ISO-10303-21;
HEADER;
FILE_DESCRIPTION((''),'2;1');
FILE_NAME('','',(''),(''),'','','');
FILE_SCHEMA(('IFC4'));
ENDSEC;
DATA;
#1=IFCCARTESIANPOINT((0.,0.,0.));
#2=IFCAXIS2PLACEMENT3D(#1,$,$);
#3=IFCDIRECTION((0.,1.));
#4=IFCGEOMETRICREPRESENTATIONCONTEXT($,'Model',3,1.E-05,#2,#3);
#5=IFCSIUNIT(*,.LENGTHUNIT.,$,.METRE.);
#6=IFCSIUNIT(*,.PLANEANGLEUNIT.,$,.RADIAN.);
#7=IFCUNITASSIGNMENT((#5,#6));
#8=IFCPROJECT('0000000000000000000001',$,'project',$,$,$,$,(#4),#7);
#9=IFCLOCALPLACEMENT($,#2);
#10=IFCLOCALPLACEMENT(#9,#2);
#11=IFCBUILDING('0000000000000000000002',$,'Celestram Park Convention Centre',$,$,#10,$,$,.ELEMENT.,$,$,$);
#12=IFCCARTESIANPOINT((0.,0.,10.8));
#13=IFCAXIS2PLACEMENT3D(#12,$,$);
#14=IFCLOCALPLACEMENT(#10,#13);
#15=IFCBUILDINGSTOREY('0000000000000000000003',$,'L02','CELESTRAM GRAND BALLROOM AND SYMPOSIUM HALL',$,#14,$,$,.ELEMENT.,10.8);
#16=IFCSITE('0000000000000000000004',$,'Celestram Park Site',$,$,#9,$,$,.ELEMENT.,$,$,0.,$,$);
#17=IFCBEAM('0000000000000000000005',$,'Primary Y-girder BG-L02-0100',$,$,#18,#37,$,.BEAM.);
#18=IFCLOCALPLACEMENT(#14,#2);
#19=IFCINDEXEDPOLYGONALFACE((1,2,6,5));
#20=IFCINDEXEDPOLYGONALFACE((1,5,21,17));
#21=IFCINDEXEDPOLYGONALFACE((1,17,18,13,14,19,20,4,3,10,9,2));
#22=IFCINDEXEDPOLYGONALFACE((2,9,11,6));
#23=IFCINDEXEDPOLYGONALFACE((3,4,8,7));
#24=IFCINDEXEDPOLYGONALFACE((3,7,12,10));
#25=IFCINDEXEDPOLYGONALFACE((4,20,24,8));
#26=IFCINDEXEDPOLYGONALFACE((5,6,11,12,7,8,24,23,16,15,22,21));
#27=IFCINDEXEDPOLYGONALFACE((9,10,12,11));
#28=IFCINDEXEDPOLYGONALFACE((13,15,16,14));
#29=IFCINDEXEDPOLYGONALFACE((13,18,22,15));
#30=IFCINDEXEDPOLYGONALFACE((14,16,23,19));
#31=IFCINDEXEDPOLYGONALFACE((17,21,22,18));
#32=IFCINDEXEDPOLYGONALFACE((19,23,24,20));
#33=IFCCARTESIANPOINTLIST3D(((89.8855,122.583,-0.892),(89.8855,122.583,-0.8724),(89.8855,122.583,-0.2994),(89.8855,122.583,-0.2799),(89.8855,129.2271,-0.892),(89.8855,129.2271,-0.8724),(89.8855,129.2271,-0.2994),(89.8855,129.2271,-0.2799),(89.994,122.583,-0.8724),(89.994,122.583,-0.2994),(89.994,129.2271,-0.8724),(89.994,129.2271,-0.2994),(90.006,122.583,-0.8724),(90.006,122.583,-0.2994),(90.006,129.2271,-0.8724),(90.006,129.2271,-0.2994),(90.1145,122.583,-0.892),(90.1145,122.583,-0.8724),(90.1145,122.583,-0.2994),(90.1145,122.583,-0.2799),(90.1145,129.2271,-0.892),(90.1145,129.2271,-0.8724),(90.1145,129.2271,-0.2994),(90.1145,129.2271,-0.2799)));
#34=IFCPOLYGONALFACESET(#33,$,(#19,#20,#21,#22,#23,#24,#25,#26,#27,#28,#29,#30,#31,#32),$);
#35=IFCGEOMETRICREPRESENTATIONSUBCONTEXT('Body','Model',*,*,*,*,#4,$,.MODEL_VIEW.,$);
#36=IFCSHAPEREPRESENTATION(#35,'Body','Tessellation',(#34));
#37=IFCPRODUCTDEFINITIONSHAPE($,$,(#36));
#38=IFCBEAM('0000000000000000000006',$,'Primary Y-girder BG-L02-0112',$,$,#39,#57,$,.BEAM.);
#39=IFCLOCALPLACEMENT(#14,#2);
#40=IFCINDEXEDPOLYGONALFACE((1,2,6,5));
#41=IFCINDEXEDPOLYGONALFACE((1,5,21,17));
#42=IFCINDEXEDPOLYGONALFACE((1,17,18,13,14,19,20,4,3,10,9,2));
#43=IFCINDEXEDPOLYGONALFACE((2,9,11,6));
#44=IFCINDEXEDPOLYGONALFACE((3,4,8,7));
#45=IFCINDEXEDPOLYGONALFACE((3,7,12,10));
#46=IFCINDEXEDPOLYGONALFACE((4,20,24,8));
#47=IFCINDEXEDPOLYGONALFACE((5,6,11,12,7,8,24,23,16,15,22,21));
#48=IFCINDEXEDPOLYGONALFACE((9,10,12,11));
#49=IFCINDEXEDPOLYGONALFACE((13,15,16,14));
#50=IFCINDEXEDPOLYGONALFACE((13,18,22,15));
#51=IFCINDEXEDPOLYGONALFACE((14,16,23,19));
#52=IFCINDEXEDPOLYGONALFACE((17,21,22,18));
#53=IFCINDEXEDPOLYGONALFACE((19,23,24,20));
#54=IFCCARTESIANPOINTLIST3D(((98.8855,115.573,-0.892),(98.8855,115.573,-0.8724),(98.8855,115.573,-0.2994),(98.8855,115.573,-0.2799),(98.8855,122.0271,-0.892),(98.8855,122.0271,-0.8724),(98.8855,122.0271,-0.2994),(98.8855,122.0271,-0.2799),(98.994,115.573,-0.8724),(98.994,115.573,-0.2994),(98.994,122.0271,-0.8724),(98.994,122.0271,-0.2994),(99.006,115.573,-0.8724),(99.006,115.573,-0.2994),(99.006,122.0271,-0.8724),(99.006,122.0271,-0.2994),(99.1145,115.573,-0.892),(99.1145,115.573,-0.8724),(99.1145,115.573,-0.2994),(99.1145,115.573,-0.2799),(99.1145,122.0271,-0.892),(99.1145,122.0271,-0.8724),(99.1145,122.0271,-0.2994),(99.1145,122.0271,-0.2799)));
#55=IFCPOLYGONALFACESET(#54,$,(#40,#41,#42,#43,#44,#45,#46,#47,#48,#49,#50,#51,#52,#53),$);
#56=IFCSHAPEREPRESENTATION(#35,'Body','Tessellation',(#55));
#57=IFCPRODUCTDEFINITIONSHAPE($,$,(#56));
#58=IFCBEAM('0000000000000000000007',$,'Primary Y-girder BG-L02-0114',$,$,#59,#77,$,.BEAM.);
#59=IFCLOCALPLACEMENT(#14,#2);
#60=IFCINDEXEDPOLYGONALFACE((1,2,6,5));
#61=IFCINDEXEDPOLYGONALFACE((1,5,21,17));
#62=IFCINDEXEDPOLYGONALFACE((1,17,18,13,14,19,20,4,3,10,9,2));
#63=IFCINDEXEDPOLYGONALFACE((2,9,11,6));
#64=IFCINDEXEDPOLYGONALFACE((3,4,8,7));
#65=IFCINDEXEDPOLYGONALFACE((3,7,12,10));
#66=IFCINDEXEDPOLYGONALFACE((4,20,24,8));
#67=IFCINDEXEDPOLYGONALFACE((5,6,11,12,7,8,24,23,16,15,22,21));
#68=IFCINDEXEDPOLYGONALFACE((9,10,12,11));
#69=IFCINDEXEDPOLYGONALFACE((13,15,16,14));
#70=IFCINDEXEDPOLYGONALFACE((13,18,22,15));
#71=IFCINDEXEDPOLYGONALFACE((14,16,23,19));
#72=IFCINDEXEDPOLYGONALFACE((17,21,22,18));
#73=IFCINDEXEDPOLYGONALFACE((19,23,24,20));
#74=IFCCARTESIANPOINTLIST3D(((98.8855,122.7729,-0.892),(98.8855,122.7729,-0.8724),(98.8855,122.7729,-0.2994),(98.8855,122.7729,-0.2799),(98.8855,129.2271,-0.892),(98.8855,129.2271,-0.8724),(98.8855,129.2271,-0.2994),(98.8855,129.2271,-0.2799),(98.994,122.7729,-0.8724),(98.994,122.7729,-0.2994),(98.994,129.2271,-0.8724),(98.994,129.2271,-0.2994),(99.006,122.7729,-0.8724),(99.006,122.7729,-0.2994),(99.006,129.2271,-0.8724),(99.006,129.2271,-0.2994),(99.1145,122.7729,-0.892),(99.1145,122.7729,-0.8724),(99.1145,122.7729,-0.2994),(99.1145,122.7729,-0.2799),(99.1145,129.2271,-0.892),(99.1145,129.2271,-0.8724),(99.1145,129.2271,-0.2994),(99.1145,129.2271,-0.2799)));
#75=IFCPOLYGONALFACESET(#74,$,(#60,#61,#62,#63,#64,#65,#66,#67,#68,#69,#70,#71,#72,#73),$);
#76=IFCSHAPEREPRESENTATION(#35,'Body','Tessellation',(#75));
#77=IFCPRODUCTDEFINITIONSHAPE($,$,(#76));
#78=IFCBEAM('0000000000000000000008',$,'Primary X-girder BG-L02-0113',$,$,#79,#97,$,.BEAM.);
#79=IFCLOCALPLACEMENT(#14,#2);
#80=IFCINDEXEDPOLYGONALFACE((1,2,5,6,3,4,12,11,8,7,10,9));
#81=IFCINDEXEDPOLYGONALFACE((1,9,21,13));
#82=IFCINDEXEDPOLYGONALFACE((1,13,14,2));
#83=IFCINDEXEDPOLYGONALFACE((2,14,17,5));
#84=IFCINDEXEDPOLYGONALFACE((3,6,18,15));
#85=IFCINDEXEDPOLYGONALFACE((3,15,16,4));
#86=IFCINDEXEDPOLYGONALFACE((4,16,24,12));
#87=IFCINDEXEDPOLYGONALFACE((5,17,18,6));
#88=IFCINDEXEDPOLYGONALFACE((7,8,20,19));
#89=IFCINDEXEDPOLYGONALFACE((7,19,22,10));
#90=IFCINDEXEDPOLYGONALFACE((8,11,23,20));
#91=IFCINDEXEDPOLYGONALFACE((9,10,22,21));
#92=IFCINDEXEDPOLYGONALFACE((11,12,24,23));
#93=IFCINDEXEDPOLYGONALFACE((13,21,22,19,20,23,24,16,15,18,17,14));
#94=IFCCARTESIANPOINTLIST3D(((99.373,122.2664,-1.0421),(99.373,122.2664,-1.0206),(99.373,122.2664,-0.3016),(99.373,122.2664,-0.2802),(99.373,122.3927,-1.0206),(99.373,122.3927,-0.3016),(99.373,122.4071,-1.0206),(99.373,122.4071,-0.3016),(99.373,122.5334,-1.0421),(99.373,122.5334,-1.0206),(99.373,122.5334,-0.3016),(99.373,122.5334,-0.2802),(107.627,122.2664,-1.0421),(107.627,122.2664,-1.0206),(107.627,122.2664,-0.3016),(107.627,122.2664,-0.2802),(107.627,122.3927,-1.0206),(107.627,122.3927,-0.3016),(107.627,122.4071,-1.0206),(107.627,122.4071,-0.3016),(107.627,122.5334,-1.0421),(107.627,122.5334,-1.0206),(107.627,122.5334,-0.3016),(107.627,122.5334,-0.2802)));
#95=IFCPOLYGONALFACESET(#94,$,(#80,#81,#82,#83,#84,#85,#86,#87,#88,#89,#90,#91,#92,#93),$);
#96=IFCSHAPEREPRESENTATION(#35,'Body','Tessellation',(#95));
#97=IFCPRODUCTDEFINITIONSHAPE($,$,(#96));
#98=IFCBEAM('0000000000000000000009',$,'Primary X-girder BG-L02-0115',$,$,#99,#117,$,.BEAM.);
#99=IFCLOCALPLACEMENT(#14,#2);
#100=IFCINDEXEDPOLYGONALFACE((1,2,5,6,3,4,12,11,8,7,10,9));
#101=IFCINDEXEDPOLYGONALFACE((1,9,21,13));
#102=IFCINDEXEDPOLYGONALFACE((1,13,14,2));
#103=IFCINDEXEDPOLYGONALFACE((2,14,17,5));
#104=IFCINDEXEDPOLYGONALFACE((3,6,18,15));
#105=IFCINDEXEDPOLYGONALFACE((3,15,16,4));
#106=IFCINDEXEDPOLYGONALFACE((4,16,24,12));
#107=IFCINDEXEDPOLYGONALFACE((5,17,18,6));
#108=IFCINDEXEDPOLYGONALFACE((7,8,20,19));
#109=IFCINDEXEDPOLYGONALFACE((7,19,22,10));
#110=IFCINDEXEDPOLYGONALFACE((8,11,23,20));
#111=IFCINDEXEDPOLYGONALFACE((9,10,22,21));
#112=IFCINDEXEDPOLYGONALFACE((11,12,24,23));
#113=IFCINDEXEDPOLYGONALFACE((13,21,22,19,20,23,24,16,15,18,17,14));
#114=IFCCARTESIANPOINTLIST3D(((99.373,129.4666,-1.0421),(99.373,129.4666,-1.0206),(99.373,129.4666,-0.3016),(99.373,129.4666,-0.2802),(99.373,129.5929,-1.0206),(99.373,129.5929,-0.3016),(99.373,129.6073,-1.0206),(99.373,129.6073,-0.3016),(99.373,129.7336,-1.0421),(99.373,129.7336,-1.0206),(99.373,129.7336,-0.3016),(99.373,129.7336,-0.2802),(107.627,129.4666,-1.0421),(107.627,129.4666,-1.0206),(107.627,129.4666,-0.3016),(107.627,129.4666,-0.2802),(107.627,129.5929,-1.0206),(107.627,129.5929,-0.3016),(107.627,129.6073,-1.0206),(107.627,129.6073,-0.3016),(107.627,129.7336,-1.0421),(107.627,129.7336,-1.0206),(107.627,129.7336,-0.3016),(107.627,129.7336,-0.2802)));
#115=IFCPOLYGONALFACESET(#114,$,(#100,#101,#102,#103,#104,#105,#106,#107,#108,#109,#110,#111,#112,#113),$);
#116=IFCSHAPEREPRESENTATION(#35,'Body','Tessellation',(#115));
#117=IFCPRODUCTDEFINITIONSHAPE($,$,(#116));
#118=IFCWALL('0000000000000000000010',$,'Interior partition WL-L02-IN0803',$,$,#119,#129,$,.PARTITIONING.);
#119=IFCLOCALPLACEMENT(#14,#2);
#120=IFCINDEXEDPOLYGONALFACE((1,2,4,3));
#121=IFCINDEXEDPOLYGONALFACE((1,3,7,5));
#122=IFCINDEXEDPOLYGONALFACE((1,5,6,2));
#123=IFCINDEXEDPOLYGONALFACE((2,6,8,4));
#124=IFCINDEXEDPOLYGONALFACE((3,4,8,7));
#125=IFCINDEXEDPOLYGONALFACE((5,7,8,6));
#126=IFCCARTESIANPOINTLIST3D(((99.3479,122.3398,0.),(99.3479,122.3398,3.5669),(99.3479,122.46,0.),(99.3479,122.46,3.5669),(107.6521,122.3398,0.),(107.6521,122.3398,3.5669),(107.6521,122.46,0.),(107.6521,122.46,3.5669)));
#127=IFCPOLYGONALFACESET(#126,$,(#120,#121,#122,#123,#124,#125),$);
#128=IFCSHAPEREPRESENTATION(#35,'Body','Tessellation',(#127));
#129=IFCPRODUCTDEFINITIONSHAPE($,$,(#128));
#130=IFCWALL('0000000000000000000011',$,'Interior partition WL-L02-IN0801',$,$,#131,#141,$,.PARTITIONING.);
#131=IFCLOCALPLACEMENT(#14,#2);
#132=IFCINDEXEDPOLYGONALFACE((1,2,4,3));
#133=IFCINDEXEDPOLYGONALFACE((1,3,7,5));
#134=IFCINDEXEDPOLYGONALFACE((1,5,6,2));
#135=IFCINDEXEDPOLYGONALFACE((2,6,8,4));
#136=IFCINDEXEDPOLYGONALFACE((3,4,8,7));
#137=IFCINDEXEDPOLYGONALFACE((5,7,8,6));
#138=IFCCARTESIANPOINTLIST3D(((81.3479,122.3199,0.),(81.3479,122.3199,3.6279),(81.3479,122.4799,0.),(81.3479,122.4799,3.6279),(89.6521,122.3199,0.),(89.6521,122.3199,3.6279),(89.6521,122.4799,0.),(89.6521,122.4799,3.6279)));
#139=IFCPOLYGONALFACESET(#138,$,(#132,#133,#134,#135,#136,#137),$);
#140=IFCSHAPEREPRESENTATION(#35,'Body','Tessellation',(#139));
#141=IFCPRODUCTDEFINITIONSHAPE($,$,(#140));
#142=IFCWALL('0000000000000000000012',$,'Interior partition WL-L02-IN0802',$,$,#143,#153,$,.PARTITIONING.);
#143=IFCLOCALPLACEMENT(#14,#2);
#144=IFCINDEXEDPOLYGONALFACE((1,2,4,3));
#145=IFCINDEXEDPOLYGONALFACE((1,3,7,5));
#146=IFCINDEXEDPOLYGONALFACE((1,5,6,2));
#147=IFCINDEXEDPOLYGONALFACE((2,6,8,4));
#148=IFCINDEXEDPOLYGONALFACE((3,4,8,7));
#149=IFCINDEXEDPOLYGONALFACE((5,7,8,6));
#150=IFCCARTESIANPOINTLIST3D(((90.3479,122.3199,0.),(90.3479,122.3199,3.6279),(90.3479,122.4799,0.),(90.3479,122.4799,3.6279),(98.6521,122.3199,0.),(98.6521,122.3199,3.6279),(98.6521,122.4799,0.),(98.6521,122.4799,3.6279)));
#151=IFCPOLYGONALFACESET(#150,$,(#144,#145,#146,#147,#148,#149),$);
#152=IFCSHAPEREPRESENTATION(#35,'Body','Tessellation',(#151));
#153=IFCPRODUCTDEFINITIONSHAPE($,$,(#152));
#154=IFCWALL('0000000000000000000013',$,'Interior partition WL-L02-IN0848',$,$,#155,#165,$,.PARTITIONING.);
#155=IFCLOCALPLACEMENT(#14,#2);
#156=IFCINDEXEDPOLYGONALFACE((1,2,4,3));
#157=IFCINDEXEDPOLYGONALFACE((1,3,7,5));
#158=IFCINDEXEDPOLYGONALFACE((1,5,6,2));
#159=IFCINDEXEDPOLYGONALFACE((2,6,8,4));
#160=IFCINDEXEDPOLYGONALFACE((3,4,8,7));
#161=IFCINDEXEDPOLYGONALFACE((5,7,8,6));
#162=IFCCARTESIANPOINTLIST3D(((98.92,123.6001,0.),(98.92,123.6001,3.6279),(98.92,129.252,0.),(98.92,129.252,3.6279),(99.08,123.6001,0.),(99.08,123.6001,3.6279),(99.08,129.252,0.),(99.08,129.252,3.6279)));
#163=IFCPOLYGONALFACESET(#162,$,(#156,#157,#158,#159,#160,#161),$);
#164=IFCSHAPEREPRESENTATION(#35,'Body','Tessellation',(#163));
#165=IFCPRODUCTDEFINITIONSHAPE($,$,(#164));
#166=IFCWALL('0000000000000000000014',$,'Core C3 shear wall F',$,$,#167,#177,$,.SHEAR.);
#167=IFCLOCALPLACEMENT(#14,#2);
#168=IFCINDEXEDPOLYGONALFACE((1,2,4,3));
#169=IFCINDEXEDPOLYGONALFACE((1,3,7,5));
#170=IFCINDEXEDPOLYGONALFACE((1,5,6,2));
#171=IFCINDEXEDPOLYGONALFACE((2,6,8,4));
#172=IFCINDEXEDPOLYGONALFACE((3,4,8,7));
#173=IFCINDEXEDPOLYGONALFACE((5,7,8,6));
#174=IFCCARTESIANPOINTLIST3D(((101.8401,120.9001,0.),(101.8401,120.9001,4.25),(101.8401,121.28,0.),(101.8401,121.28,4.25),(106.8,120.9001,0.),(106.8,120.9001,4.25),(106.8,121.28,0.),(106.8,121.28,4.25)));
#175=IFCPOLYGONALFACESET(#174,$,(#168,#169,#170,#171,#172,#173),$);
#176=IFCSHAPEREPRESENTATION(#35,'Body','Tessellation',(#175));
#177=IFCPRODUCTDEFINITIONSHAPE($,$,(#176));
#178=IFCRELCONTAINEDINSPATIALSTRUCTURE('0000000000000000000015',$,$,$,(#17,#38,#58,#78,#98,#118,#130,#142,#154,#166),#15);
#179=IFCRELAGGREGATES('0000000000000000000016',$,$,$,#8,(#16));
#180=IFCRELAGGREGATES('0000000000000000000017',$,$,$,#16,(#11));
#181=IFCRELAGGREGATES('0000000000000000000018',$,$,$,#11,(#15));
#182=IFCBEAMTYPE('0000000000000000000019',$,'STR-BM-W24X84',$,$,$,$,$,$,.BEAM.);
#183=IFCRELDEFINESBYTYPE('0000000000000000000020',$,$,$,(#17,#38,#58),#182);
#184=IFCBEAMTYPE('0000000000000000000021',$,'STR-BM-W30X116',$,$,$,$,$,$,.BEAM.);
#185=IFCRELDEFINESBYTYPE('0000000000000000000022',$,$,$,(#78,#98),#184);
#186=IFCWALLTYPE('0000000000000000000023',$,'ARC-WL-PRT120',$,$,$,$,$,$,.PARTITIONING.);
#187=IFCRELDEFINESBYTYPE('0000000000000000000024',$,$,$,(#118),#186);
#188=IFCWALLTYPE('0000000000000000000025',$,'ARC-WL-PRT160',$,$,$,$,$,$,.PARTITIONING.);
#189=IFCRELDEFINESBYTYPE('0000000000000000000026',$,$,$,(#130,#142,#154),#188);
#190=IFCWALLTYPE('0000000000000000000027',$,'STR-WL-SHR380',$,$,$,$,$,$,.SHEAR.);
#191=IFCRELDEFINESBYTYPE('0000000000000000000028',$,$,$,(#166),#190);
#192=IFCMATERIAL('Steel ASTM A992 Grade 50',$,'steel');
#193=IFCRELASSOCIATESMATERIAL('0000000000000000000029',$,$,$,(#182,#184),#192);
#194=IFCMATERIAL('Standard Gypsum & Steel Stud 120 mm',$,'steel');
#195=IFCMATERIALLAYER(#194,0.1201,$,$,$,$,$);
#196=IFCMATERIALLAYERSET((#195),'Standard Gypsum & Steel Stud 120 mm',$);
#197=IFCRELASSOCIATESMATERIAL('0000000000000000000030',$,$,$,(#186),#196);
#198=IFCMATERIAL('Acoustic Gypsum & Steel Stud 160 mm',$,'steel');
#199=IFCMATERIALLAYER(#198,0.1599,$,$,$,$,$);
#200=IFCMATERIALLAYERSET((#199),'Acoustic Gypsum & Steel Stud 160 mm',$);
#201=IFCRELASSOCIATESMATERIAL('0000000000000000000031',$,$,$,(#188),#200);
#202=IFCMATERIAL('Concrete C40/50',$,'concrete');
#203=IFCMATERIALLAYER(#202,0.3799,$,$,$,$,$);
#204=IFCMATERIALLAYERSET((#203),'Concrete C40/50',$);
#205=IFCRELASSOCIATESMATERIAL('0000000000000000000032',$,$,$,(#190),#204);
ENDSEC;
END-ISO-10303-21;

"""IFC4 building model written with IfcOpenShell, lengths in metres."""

from ifc_helpers import new_model, si_unit, direction, frame, frame_2d, origin, origin_2d, place, context, subcontext, project, spatial, rectangle, i_section, extrude, material, layer, layer_set, material_profile, profile_set, type_object, element, save


model = new_model("IFC4")

# Units and contexts
model_context = context("Model", 3, precision=1e-05, world=origin(), true_north=direction((0.0, 1.0)))
body_context = subcontext(model_context, "Body", "Model", "MODEL_VIEW")
ifc_project = project(units=[si_unit("LENGTHUNIT", "METRE"), si_unit("PLANEANGLEUNIT", "RADIAN")], contexts=[model_context])

# Site, building, storey
site_placement = place(None, origin())
site = spatial("IfcSite", under=ifc_project, at=site_placement, Name="Celestram Park Site", CompositionType="ELEMENT", RefElevation=0.0)
building_placement = place(site_placement, origin())
building = spatial("IfcBuilding", under=site, at=building_placement, Name="Celestram Park Convention Centre", CompositionType="ELEMENT")
storey_placement = place(building_placement, frame((0.0, 0.0, 10.8)))
storey = spatial("IfcBuildingStorey", under=building, at=storey_placement, Name="L02", Description="CELESTRAM GRAND BALLROOM AND SYMPOSIUM HALL", CompositionType="ELEMENT", Elevation=10.8)

# Shared definitions
ifc_material_1 = material(Name="Concrete C40/50", Category="concrete")

# Beams
ifc_material_2 = material(Name="Steel ASTM A992 Grade 50", Category="steel")
ifc_material_profile_1 = material_profile(ifc_material_2, i_section(OverallWidth=0.229, OverallDepth=0.6121, WebThickness=0.012, FlangeThickness=0.0195, at=origin_2d()), Name="W24X84")
ifc_profile_set_1 = profile_set([ifc_material_profile_1], Name="Steel ASTM A992 Grade 50")
beam_type_1 = type_object("IfcBeamType", Name="STR-BM-W24X84", PredefinedType="BEAM", material=ifc_profile_set_1)
beam_1_placement = place(storey_placement, frame((90.0, 122.583, -0.5859), z_axis=(0.0, 1.0, 0.0), x_axis=(-1.0, 0.0, 0.0)))
element("IfcBeam", 1, at=beam_1_placement, inside=storey, type_object=beam_type_1, Name="Primary Y-girder BG-L02-0100", PredefinedType="BEAM", context=body_context, shape_type="SweptSolid", body=[
    extrude(i_section(OverallWidth=0.229, OverallDepth=0.6121, WebThickness=0.012, FlangeThickness=0.0195, at=origin_2d()), origin(), (0.0, 0.0, 1.0), 6.644),
])
for number, where, z_axis, x_axis, name in (
    (2, (99.0, 115.573, -0.5859), (0.0, 1.0, 0.0), (-1.0, 0.0, 0.0), "Primary Y-girder BG-L02-0112"),
    (3, (99.0, 122.7729, -0.5859), (0.0, 1.0, 0.0), (-1.0, 0.0, 0.0), "Primary Y-girder BG-L02-0114"),
):
    element("IfcBeam", number, at=place(storey_placement, frame(where, z_axis=z_axis, x_axis=x_axis)), inside=storey, type_object=beam_type_1, Name=name, PredefinedType="BEAM", context=body_context, shape_type="SweptSolid", body=[
        extrude(i_section(OverallWidth=0.229, OverallDepth=0.6121, WebThickness=0.012, FlangeThickness=0.0195, at=origin_2d()), origin(), (0.0, 0.0, 1.0), 6.4541),
    ])
ifc_material_profile_2 = material_profile(ifc_material_2, i_section(OverallWidth=0.2671, OverallDepth=0.762, WebThickness=0.0144, FlangeThickness=0.0215, at=origin_2d()), Name="W30X116")
ifc_profile_set_2 = profile_set([ifc_material_profile_2], Name="Steel ASTM A992 Grade 50")
beam_type_2 = type_object("IfcBeamType", Name="STR-BM-W30X116", PredefinedType="BEAM", material=ifc_profile_set_2)
for number, where, z_axis, x_axis, name in (
    (4, (99.373, 122.3999, -0.6611), (1.0, 0.0, 0.0), (0.0, 1.0, 0.0), "Primary X-girder BG-L02-0113"),
    (5, (99.373, 129.6001, -0.6611), (1.0, 0.0, 0.0), (0.0, 1.0, 0.0), "Primary X-girder BG-L02-0115"),
):
    element("IfcBeam", number, at=place(storey_placement, frame(where, z_axis=z_axis, x_axis=x_axis)), inside=storey, type_object=beam_type_2, Name=name, PredefinedType="BEAM", context=body_context, shape_type="SweptSolid", body=[
        extrude(i_section(OverallWidth=0.2671, OverallDepth=0.762, WebThickness=0.0144, FlangeThickness=0.0215, at=origin_2d()), origin(), (0.0, 0.0, 1.0), 8.2539),
    ])

# Walls
ifc_material_3 = material(Name="Standard Gypsum & Steel Stud 120 mm", Category="steel")
ifc_layer_1 = layer(ifc_material_3, 0.1201)
ifc_layer_set_1 = layer_set([ifc_layer_1], Name="Standard Gypsum & Steel Stud 120 mm")
wall_type_1 = type_object("IfcWallType", Name="ARC-WL-PRT120", PredefinedType="PARTITIONING", material=ifc_layer_set_1)
wall_1_placement = place(storey_placement, frame((99.3479, 122.3999, 0.0), z_axis=(0.0, 0.0, 1.0), x_axis=(1.0, 0.0, 0.0)))
element("IfcWall", 6, at=wall_1_placement, inside=storey, type_object=wall_type_1, Name="Interior partition WL-L02-IN0803", PredefinedType="PARTITIONING", context=body_context, shape_type="SweptSolid", body=[
    extrude(rectangle(XDim=8.3042, YDim=0.1201, at=frame_2d((4.1521, 0.0))), origin(), (0.0, 0.0, 1.0), 3.5669),
])
ifc_material_4 = material(Name="Acoustic Gypsum & Steel Stud 160 mm", Category="steel")
ifc_layer_2 = layer(ifc_material_4, 0.1599)
ifc_layer_set_2 = layer_set([ifc_layer_2], Name="Acoustic Gypsum & Steel Stud 160 mm")
wall_type_2 = type_object("IfcWallType", Name="ARC-WL-PRT160", PredefinedType="PARTITIONING", material=ifc_layer_set_2)
for number, where, z_axis, x_axis, name in (
    (7, (81.3479, 122.3999, 0.0), (0.0, 0.0, 1.0), (1.0, 0.0, 0.0), "Interior partition WL-L02-IN0801"),
    (8, (90.3479, 122.3999, 0.0), (0.0, 0.0, 1.0), (1.0, 0.0, 0.0), "Interior partition WL-L02-IN0802"),
):
    element("IfcWall", number, at=place(storey_placement, frame(where, z_axis=z_axis, x_axis=x_axis)), inside=storey, type_object=wall_type_2, Name=name, PredefinedType="PARTITIONING", context=body_context, shape_type="SweptSolid", body=[
        extrude(rectangle(XDim=8.3042, YDim=0.1599, at=frame_2d((4.1521, 0.0))), origin(), (0.0, 0.0, 1.0), 3.6279),
    ])
wall_2_placement = place(storey_placement, frame((99.0, 123.6001, 0.0), z_axis=(0.0, 0.0, 1.0), x_axis=(0.0, 1.0, 0.0)))
element("IfcWall", 9, at=wall_2_placement, inside=storey, type_object=wall_type_2, Name="Interior partition WL-L02-IN0848", PredefinedType="PARTITIONING", context=body_context, shape_type="SweptSolid", body=[
    extrude(rectangle(XDim=5.6519, YDim=0.1599, at=frame_2d((2.8259, 0.0))), origin(), (0.0, 0.0, 1.0), 3.6279),
])
ifc_layer_3 = layer(ifc_material_1, 0.3799)
ifc_layer_set_3 = layer_set([ifc_layer_3], Name="Concrete C40/50")
wall_type_3 = type_object("IfcWallType", Name="STR-WL-SHR380", PredefinedType="SHEAR", material=ifc_layer_set_3)
wall_3_placement = place(storey_placement, frame((101.8401, 121.0901, 0.0), z_axis=(0.0, 0.0, 1.0), x_axis=(1.0, 0.0, 0.0)))
element("IfcWall", 10, at=wall_3_placement, inside=storey, type_object=wall_type_3, Name="Core C3 shear wall F", PredefinedType="SHEAR", context=body_context, shape_type="SweptSolid", body=[
    extrude(rectangle(XDim=4.96, YDim=0.3799, at=frame_2d((2.48, 0.0))), origin(), (0.0, 0.0, 1.0), 4.25),
])

save(model, "model.ifc")
